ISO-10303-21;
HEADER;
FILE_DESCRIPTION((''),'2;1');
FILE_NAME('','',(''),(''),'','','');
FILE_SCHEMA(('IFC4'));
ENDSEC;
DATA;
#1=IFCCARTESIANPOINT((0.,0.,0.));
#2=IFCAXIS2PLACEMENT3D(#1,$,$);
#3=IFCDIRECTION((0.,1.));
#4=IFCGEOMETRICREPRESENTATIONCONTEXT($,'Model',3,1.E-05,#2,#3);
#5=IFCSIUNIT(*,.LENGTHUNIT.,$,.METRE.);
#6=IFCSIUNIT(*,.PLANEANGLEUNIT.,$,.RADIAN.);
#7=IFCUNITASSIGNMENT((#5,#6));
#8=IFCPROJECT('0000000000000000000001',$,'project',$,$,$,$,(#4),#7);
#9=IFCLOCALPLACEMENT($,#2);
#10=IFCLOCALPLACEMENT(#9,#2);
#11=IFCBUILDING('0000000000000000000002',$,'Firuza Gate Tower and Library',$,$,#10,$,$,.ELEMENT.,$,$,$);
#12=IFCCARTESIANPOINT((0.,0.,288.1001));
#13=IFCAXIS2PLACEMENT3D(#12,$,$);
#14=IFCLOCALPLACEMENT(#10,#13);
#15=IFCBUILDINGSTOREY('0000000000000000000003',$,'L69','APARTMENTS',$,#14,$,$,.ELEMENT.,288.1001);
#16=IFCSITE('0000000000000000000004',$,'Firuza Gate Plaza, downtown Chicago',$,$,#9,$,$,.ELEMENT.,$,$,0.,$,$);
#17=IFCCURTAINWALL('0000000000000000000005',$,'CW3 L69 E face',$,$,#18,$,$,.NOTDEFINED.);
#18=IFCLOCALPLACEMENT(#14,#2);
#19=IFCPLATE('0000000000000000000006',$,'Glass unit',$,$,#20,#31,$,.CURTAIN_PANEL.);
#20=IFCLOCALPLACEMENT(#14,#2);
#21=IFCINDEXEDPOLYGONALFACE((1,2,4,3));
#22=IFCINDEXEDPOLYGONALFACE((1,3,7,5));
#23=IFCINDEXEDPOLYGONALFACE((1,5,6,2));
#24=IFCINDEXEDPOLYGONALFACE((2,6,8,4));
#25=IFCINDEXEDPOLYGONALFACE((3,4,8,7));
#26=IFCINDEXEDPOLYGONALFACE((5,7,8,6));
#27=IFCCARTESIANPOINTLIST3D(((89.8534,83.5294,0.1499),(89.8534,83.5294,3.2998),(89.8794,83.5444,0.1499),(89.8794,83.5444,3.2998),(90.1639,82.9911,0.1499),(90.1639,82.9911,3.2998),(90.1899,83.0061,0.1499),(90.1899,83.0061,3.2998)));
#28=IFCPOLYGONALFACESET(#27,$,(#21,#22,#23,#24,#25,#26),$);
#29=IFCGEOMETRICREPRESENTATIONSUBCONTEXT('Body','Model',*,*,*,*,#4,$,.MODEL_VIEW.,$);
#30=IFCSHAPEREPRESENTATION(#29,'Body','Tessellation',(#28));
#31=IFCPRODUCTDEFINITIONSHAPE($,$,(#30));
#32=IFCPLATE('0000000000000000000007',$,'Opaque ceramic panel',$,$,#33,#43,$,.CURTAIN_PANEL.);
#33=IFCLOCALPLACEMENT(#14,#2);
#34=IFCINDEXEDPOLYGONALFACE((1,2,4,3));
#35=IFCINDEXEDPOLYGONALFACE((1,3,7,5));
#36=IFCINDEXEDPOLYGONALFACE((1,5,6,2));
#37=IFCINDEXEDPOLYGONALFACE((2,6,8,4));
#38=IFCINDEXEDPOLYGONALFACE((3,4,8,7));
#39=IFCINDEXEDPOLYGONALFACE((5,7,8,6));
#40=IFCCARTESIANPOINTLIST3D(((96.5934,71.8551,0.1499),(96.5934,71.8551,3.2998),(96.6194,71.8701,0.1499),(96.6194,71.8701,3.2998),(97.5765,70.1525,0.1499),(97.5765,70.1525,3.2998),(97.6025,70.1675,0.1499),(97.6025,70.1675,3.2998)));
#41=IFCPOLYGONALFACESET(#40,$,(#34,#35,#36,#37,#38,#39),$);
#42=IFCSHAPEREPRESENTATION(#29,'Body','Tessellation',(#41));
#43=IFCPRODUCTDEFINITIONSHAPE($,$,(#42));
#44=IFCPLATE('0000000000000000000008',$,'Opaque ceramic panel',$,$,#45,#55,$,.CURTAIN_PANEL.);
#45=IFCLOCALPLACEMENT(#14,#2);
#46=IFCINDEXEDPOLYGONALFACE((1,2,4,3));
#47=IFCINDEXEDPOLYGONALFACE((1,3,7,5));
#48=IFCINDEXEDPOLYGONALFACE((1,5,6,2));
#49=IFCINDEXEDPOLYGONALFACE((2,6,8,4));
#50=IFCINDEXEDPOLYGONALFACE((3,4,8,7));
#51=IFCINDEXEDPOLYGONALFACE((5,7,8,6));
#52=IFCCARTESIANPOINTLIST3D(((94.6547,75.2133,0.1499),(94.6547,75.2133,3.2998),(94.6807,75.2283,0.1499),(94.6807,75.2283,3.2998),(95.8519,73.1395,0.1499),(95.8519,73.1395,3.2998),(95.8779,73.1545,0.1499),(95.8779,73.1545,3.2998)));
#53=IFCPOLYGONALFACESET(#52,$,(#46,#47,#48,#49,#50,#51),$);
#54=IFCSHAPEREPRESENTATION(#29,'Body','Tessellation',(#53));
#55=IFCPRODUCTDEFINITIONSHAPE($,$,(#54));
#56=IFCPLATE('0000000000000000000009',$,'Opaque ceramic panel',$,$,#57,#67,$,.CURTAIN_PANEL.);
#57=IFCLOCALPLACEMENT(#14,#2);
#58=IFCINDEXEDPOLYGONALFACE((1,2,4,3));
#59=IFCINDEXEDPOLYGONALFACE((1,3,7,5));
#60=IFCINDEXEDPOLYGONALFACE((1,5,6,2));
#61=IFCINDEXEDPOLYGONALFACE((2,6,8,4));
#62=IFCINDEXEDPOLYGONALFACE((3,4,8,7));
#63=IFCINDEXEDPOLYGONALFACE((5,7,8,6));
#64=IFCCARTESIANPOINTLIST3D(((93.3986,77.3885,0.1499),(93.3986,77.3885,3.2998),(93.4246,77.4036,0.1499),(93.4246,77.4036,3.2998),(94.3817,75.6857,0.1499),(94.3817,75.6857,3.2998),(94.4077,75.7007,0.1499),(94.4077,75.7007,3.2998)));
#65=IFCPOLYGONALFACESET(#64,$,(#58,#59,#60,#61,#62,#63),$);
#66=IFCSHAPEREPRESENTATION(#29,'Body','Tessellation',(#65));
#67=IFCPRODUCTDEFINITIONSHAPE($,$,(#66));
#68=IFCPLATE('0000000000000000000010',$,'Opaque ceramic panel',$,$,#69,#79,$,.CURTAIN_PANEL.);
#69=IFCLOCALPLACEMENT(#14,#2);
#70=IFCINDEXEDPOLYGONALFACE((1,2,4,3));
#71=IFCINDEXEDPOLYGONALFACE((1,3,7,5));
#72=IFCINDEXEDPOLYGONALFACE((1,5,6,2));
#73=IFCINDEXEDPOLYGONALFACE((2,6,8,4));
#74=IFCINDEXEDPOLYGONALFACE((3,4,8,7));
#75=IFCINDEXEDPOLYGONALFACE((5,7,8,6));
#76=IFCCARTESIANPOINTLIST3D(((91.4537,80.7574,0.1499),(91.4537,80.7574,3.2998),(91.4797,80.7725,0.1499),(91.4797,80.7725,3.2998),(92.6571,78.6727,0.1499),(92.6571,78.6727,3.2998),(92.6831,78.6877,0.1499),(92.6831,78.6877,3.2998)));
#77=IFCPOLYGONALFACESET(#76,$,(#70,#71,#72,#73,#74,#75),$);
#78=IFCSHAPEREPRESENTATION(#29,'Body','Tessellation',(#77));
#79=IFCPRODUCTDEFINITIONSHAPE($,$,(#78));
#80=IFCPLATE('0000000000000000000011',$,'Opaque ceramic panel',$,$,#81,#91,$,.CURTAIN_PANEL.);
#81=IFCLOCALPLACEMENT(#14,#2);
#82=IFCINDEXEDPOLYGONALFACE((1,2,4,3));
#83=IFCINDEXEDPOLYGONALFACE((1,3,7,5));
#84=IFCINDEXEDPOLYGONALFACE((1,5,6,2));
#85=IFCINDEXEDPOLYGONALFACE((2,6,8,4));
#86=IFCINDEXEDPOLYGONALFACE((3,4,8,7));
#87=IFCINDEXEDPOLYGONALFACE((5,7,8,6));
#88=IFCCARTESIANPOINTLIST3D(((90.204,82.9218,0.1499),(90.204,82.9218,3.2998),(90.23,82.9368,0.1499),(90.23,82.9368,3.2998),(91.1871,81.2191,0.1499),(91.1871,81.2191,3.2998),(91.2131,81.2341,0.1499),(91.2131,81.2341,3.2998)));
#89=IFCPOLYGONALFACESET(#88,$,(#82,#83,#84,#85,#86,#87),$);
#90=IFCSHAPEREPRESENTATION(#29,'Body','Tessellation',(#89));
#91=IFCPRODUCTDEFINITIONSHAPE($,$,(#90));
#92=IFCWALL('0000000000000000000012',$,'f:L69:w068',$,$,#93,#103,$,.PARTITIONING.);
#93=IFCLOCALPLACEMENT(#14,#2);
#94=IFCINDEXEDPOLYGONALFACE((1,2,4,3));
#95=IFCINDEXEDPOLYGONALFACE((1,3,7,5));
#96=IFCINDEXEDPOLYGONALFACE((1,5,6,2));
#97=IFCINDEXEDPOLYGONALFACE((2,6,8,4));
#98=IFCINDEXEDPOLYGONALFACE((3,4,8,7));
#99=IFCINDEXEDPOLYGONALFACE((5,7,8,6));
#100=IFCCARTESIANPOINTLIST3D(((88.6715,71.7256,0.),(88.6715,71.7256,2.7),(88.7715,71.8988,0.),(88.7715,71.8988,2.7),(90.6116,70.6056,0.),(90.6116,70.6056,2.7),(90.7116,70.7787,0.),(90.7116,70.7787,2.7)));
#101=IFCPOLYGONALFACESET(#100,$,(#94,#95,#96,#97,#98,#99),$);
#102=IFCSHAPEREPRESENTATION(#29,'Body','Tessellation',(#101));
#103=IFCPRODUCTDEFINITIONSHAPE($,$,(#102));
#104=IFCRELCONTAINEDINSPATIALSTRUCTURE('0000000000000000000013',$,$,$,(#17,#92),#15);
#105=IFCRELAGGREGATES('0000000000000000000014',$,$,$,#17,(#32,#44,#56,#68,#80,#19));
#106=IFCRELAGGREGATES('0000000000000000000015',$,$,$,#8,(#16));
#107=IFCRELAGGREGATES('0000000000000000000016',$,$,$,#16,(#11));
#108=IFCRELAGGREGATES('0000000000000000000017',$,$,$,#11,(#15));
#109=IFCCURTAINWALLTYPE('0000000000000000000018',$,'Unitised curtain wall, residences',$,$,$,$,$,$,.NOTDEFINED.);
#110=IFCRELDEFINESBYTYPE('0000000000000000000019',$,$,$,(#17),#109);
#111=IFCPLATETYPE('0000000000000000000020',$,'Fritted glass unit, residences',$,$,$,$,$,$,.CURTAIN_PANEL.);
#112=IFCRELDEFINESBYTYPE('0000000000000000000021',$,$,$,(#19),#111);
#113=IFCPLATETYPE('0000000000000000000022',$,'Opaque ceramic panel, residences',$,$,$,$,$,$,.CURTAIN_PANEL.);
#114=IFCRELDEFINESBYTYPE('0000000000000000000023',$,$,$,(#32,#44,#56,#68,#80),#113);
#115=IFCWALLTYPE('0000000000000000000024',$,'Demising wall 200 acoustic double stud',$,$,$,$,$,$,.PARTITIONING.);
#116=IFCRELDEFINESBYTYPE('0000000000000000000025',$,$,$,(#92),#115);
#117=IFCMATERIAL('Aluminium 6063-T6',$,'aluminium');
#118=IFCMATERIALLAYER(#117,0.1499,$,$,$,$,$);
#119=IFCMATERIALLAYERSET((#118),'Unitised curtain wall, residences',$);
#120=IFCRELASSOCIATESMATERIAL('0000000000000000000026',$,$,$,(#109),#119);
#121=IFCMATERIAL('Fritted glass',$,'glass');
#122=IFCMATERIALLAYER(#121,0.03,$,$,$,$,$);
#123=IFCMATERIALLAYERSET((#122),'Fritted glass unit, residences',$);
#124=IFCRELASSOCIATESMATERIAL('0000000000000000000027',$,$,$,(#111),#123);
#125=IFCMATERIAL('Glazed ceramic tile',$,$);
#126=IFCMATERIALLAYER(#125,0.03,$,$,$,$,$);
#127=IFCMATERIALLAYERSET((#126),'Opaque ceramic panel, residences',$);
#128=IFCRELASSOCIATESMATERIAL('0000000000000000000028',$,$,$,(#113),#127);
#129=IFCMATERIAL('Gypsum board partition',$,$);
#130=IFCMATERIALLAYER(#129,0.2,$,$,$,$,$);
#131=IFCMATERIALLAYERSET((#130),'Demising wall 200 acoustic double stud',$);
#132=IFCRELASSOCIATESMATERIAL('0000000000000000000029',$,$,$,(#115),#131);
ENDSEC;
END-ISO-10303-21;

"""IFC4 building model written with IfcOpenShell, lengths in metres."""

from ifc_helpers import new_model, si_unit, direction, frame, frame_2d, origin, place, context, subcontext, project, spatial, polyline, rectangle, outline, extrude, material, layer, layer_set, type_object, element, aggregate, save


model = new_model("IFC4")

# Units and contexts
model_context = context("Model", 3, precision=1e-05, world=origin(), true_north=direction((0.0, 1.0)))
body_context = subcontext(model_context, "Body", "Model", "MODEL_VIEW")
ifc_project = project(units=[si_unit("LENGTHUNIT", "METRE"), si_unit("PLANEANGLEUNIT", "RADIAN")], contexts=[model_context])

# Site, building, storey
site_placement = place(None, origin())
site = spatial("IfcSite", under=ifc_project, at=site_placement, Name="Firuza Gate Plaza, downtown Chicago", CompositionType="ELEMENT", RefElevation=0.0)
building_placement = place(site_placement, origin())
building = spatial("IfcBuilding", under=site, at=building_placement, Name="Firuza Gate Tower and Library", CompositionType="ELEMENT")
storey_placement = place(building_placement, frame((0.0, 0.0, 288.1001)))
storey = spatial("IfcBuildingStorey", under=building, at=storey_placement, Name="L69", Description="APARTMENTS", CompositionType="ELEMENT", Elevation=288.1001)

# Curtain wall
ifc_material_1 = material(Name="Aluminium 6063-T6", Category="aluminium")
ifc_layer_1 = layer(ifc_material_1, 0.1499)
ifc_layer_set_1 = layer_set([ifc_layer_1], Name="Unitised curtain wall, residences")
curtain_wall_type = type_object("IfcCurtainWallType", Name="Unitised curtain wall, residences", PredefinedType="NOTDEFINED", material=ifc_layer_set_1)
curtain_wall_placement = place(storey_placement, origin())
curtain_wall = element("IfcCurtainWall", 1, at=curtain_wall_placement, inside=storey, type_object=curtain_wall_type, Name="CW3 L69 E face", PredefinedType="NOTDEFINED")

# Plates
ifc_material_2 = material(Name="Fritted glass", Category="glass")
ifc_layer_2 = layer(ifc_material_2, 0.03)
ifc_layer_set_2 = layer_set([ifc_layer_2], Name="Fritted glass unit, residences")
plate_type_1 = type_object("IfcPlateType", Name="Fritted glass unit, residences", PredefinedType="CURTAIN_PANEL", material=ifc_layer_set_2)
plate_1_placement = place(storey_placement, frame((90.1899, 83.0061, 0.1499), z_axis=(0.866205, 0.499688, 0.0), x_axis=(-0.499688, 0.866205, 0.0)))
plate_1 = element("IfcPlate", 2, at=plate_1_placement, type_object=plate_type_1, Name="Glass unit", PredefinedType="CURTAIN_PANEL", context=body_context, shape_type="SweptSolid", body=[
    extrude(outline(polyline([(0.0, 0.0), (0.6215, 0.0), (0.6215, 3.1499), (0.0, 3.1499), (0.0, 0.0)])), origin(), (0.0, 0.0, -1.0), 0.03),
])
ifc_material_3 = material(Name="Glazed ceramic tile")
ifc_layer_3 = layer(ifc_material_3, 0.03)
ifc_layer_set_3 = layer_set([ifc_layer_3], Name="Opaque ceramic panel, residences")
plate_type_2 = type_object("IfcPlateType", Name="Opaque ceramic panel, residences", PredefinedType="CURTAIN_PANEL", material=ifc_layer_set_3)
plate_2_placement = place(storey_placement, frame((97.6025, 70.1675, 0.1499), z_axis=(0.865995, 0.500052, 0.0), x_axis=(-0.500052, 0.865995, 0.0)))
plate_2 = element("IfcPlate", 3, at=plate_2_placement, type_object=plate_type_2, Name="Opaque ceramic panel", PredefinedType="CURTAIN_PANEL", context=body_context, shape_type="SweptSolid", body=[
    extrude(outline(polyline([(0.0, 0.0), (1.9661, 0.0), (1.9661, 3.1499), (0.0, 3.1499), (0.0, 0.0)])), origin(), (0.0, 0.0, -1.0), 0.03),
])
plate_3_placement = place(storey_placement, frame((95.8779, 73.1545, 0.1499), z_axis=(0.866026, 0.499999, 0.0), x_axis=(-0.499999, 0.866026, 0.0)))
plate_3 = element("IfcPlate", 4, at=plate_3_placement, type_object=plate_type_2, Name="Opaque ceramic panel", PredefinedType="CURTAIN_PANEL", context=body_context, shape_type="SweptSolid", body=[
    extrude(outline(polyline([(0.0, 0.0), (2.3945, 0.0), (2.3945, 3.1499), (0.0, 3.1499), (0.0, 0.0)])), origin(), (0.0, 0.0, -1.0), 0.03),
])
plate_4_placement = place(storey_placement, frame((94.4077, 75.7007, 0.1499), z_axis=(0.866026, 0.499998, 0.0), x_axis=(-0.499998, 0.866026, 0.0)))
plate_4 = element("IfcPlate", 5, at=plate_4_placement, type_object=plate_type_2, Name="Opaque ceramic panel", PredefinedType="CURTAIN_PANEL", context=body_context, shape_type="SweptSolid", body=[
    extrude(outline(polyline([(0.0, 0.0), (1.9663, 0.0), (1.9663, 3.1499), (0.0, 3.1499), (0.0, 0.0)])), origin(), (0.0, 0.0, -1.0), 0.03),
])
plate_5_placement = place(storey_placement, frame((92.6831, 78.6877, 0.1499), z_axis=(0.866069, 0.499924, 0.0), x_axis=(-0.499924, 0.866069, 0.0)))
plate_5 = element("IfcPlate", 6, at=plate_5_placement, type_object=plate_type_2, Name="Opaque ceramic panel", PredefinedType="CURTAIN_PANEL", context=body_context, shape_type="SweptSolid", body=[
    extrude(outline(polyline([(0.0, 0.0), (2.4071, 0.0), (2.4071, 3.1499), (0.0, 3.1499), (0.0, 0.0)])), origin(), (0.0, 0.0, -1.0), 0.03),
])
plate_6_placement = place(storey_placement, frame((91.2131, 81.2341, 0.1499), z_axis=(0.865995, 0.500052, 0.0), x_axis=(-0.500052, 0.865995, 0.0)))
plate_6 = element("IfcPlate", 7, at=plate_6_placement, type_object=plate_type_2, Name="Opaque ceramic panel", PredefinedType="CURTAIN_PANEL", context=body_context, shape_type="SweptSolid", body=[
    extrude(outline(polyline([(0.0, 0.0), (1.9661, 0.0), (1.9661, 3.1499), (0.0, 3.1499), (0.0, 0.0)])), origin(), (0.0, 0.0, -1.0), 0.03),
])
aggregate(curtain_wall, [plate_2, plate_3, plate_4, plate_5, plate_6, plate_1])

# Wall
ifc_material_4 = material(Name="Gypsum board partition")
ifc_layer_4 = layer(ifc_material_4, 0.2)
ifc_layer_set_4 = layer_set([ifc_layer_4], Name="Demising wall 200 acoustic double stud")
wall_type = type_object("IfcWallType", Name="Demising wall 200 acoustic double stud", PredefinedType="PARTITIONING", material=ifc_layer_set_4)
wall_placement = place(storey_placement, frame((90.6616, 70.6921, 0.0), z_axis=(0.0, 0.0, 1.0), x_axis=(-0.866035, 0.499983, 0.0)))
element("IfcWall", 8, at=wall_placement, inside=storey, type_object=wall_type, Name="f:L69:w068", PredefinedType="PARTITIONING", context=body_context, shape_type="SweptSolid", body=[
    extrude(rectangle(XDim=2.2402, YDim=0.2, at=frame_2d((1.1201, 0.0))), origin(), (0.0, 0.0, 1.0), 2.7),
])

save(model, "model.ifc")
